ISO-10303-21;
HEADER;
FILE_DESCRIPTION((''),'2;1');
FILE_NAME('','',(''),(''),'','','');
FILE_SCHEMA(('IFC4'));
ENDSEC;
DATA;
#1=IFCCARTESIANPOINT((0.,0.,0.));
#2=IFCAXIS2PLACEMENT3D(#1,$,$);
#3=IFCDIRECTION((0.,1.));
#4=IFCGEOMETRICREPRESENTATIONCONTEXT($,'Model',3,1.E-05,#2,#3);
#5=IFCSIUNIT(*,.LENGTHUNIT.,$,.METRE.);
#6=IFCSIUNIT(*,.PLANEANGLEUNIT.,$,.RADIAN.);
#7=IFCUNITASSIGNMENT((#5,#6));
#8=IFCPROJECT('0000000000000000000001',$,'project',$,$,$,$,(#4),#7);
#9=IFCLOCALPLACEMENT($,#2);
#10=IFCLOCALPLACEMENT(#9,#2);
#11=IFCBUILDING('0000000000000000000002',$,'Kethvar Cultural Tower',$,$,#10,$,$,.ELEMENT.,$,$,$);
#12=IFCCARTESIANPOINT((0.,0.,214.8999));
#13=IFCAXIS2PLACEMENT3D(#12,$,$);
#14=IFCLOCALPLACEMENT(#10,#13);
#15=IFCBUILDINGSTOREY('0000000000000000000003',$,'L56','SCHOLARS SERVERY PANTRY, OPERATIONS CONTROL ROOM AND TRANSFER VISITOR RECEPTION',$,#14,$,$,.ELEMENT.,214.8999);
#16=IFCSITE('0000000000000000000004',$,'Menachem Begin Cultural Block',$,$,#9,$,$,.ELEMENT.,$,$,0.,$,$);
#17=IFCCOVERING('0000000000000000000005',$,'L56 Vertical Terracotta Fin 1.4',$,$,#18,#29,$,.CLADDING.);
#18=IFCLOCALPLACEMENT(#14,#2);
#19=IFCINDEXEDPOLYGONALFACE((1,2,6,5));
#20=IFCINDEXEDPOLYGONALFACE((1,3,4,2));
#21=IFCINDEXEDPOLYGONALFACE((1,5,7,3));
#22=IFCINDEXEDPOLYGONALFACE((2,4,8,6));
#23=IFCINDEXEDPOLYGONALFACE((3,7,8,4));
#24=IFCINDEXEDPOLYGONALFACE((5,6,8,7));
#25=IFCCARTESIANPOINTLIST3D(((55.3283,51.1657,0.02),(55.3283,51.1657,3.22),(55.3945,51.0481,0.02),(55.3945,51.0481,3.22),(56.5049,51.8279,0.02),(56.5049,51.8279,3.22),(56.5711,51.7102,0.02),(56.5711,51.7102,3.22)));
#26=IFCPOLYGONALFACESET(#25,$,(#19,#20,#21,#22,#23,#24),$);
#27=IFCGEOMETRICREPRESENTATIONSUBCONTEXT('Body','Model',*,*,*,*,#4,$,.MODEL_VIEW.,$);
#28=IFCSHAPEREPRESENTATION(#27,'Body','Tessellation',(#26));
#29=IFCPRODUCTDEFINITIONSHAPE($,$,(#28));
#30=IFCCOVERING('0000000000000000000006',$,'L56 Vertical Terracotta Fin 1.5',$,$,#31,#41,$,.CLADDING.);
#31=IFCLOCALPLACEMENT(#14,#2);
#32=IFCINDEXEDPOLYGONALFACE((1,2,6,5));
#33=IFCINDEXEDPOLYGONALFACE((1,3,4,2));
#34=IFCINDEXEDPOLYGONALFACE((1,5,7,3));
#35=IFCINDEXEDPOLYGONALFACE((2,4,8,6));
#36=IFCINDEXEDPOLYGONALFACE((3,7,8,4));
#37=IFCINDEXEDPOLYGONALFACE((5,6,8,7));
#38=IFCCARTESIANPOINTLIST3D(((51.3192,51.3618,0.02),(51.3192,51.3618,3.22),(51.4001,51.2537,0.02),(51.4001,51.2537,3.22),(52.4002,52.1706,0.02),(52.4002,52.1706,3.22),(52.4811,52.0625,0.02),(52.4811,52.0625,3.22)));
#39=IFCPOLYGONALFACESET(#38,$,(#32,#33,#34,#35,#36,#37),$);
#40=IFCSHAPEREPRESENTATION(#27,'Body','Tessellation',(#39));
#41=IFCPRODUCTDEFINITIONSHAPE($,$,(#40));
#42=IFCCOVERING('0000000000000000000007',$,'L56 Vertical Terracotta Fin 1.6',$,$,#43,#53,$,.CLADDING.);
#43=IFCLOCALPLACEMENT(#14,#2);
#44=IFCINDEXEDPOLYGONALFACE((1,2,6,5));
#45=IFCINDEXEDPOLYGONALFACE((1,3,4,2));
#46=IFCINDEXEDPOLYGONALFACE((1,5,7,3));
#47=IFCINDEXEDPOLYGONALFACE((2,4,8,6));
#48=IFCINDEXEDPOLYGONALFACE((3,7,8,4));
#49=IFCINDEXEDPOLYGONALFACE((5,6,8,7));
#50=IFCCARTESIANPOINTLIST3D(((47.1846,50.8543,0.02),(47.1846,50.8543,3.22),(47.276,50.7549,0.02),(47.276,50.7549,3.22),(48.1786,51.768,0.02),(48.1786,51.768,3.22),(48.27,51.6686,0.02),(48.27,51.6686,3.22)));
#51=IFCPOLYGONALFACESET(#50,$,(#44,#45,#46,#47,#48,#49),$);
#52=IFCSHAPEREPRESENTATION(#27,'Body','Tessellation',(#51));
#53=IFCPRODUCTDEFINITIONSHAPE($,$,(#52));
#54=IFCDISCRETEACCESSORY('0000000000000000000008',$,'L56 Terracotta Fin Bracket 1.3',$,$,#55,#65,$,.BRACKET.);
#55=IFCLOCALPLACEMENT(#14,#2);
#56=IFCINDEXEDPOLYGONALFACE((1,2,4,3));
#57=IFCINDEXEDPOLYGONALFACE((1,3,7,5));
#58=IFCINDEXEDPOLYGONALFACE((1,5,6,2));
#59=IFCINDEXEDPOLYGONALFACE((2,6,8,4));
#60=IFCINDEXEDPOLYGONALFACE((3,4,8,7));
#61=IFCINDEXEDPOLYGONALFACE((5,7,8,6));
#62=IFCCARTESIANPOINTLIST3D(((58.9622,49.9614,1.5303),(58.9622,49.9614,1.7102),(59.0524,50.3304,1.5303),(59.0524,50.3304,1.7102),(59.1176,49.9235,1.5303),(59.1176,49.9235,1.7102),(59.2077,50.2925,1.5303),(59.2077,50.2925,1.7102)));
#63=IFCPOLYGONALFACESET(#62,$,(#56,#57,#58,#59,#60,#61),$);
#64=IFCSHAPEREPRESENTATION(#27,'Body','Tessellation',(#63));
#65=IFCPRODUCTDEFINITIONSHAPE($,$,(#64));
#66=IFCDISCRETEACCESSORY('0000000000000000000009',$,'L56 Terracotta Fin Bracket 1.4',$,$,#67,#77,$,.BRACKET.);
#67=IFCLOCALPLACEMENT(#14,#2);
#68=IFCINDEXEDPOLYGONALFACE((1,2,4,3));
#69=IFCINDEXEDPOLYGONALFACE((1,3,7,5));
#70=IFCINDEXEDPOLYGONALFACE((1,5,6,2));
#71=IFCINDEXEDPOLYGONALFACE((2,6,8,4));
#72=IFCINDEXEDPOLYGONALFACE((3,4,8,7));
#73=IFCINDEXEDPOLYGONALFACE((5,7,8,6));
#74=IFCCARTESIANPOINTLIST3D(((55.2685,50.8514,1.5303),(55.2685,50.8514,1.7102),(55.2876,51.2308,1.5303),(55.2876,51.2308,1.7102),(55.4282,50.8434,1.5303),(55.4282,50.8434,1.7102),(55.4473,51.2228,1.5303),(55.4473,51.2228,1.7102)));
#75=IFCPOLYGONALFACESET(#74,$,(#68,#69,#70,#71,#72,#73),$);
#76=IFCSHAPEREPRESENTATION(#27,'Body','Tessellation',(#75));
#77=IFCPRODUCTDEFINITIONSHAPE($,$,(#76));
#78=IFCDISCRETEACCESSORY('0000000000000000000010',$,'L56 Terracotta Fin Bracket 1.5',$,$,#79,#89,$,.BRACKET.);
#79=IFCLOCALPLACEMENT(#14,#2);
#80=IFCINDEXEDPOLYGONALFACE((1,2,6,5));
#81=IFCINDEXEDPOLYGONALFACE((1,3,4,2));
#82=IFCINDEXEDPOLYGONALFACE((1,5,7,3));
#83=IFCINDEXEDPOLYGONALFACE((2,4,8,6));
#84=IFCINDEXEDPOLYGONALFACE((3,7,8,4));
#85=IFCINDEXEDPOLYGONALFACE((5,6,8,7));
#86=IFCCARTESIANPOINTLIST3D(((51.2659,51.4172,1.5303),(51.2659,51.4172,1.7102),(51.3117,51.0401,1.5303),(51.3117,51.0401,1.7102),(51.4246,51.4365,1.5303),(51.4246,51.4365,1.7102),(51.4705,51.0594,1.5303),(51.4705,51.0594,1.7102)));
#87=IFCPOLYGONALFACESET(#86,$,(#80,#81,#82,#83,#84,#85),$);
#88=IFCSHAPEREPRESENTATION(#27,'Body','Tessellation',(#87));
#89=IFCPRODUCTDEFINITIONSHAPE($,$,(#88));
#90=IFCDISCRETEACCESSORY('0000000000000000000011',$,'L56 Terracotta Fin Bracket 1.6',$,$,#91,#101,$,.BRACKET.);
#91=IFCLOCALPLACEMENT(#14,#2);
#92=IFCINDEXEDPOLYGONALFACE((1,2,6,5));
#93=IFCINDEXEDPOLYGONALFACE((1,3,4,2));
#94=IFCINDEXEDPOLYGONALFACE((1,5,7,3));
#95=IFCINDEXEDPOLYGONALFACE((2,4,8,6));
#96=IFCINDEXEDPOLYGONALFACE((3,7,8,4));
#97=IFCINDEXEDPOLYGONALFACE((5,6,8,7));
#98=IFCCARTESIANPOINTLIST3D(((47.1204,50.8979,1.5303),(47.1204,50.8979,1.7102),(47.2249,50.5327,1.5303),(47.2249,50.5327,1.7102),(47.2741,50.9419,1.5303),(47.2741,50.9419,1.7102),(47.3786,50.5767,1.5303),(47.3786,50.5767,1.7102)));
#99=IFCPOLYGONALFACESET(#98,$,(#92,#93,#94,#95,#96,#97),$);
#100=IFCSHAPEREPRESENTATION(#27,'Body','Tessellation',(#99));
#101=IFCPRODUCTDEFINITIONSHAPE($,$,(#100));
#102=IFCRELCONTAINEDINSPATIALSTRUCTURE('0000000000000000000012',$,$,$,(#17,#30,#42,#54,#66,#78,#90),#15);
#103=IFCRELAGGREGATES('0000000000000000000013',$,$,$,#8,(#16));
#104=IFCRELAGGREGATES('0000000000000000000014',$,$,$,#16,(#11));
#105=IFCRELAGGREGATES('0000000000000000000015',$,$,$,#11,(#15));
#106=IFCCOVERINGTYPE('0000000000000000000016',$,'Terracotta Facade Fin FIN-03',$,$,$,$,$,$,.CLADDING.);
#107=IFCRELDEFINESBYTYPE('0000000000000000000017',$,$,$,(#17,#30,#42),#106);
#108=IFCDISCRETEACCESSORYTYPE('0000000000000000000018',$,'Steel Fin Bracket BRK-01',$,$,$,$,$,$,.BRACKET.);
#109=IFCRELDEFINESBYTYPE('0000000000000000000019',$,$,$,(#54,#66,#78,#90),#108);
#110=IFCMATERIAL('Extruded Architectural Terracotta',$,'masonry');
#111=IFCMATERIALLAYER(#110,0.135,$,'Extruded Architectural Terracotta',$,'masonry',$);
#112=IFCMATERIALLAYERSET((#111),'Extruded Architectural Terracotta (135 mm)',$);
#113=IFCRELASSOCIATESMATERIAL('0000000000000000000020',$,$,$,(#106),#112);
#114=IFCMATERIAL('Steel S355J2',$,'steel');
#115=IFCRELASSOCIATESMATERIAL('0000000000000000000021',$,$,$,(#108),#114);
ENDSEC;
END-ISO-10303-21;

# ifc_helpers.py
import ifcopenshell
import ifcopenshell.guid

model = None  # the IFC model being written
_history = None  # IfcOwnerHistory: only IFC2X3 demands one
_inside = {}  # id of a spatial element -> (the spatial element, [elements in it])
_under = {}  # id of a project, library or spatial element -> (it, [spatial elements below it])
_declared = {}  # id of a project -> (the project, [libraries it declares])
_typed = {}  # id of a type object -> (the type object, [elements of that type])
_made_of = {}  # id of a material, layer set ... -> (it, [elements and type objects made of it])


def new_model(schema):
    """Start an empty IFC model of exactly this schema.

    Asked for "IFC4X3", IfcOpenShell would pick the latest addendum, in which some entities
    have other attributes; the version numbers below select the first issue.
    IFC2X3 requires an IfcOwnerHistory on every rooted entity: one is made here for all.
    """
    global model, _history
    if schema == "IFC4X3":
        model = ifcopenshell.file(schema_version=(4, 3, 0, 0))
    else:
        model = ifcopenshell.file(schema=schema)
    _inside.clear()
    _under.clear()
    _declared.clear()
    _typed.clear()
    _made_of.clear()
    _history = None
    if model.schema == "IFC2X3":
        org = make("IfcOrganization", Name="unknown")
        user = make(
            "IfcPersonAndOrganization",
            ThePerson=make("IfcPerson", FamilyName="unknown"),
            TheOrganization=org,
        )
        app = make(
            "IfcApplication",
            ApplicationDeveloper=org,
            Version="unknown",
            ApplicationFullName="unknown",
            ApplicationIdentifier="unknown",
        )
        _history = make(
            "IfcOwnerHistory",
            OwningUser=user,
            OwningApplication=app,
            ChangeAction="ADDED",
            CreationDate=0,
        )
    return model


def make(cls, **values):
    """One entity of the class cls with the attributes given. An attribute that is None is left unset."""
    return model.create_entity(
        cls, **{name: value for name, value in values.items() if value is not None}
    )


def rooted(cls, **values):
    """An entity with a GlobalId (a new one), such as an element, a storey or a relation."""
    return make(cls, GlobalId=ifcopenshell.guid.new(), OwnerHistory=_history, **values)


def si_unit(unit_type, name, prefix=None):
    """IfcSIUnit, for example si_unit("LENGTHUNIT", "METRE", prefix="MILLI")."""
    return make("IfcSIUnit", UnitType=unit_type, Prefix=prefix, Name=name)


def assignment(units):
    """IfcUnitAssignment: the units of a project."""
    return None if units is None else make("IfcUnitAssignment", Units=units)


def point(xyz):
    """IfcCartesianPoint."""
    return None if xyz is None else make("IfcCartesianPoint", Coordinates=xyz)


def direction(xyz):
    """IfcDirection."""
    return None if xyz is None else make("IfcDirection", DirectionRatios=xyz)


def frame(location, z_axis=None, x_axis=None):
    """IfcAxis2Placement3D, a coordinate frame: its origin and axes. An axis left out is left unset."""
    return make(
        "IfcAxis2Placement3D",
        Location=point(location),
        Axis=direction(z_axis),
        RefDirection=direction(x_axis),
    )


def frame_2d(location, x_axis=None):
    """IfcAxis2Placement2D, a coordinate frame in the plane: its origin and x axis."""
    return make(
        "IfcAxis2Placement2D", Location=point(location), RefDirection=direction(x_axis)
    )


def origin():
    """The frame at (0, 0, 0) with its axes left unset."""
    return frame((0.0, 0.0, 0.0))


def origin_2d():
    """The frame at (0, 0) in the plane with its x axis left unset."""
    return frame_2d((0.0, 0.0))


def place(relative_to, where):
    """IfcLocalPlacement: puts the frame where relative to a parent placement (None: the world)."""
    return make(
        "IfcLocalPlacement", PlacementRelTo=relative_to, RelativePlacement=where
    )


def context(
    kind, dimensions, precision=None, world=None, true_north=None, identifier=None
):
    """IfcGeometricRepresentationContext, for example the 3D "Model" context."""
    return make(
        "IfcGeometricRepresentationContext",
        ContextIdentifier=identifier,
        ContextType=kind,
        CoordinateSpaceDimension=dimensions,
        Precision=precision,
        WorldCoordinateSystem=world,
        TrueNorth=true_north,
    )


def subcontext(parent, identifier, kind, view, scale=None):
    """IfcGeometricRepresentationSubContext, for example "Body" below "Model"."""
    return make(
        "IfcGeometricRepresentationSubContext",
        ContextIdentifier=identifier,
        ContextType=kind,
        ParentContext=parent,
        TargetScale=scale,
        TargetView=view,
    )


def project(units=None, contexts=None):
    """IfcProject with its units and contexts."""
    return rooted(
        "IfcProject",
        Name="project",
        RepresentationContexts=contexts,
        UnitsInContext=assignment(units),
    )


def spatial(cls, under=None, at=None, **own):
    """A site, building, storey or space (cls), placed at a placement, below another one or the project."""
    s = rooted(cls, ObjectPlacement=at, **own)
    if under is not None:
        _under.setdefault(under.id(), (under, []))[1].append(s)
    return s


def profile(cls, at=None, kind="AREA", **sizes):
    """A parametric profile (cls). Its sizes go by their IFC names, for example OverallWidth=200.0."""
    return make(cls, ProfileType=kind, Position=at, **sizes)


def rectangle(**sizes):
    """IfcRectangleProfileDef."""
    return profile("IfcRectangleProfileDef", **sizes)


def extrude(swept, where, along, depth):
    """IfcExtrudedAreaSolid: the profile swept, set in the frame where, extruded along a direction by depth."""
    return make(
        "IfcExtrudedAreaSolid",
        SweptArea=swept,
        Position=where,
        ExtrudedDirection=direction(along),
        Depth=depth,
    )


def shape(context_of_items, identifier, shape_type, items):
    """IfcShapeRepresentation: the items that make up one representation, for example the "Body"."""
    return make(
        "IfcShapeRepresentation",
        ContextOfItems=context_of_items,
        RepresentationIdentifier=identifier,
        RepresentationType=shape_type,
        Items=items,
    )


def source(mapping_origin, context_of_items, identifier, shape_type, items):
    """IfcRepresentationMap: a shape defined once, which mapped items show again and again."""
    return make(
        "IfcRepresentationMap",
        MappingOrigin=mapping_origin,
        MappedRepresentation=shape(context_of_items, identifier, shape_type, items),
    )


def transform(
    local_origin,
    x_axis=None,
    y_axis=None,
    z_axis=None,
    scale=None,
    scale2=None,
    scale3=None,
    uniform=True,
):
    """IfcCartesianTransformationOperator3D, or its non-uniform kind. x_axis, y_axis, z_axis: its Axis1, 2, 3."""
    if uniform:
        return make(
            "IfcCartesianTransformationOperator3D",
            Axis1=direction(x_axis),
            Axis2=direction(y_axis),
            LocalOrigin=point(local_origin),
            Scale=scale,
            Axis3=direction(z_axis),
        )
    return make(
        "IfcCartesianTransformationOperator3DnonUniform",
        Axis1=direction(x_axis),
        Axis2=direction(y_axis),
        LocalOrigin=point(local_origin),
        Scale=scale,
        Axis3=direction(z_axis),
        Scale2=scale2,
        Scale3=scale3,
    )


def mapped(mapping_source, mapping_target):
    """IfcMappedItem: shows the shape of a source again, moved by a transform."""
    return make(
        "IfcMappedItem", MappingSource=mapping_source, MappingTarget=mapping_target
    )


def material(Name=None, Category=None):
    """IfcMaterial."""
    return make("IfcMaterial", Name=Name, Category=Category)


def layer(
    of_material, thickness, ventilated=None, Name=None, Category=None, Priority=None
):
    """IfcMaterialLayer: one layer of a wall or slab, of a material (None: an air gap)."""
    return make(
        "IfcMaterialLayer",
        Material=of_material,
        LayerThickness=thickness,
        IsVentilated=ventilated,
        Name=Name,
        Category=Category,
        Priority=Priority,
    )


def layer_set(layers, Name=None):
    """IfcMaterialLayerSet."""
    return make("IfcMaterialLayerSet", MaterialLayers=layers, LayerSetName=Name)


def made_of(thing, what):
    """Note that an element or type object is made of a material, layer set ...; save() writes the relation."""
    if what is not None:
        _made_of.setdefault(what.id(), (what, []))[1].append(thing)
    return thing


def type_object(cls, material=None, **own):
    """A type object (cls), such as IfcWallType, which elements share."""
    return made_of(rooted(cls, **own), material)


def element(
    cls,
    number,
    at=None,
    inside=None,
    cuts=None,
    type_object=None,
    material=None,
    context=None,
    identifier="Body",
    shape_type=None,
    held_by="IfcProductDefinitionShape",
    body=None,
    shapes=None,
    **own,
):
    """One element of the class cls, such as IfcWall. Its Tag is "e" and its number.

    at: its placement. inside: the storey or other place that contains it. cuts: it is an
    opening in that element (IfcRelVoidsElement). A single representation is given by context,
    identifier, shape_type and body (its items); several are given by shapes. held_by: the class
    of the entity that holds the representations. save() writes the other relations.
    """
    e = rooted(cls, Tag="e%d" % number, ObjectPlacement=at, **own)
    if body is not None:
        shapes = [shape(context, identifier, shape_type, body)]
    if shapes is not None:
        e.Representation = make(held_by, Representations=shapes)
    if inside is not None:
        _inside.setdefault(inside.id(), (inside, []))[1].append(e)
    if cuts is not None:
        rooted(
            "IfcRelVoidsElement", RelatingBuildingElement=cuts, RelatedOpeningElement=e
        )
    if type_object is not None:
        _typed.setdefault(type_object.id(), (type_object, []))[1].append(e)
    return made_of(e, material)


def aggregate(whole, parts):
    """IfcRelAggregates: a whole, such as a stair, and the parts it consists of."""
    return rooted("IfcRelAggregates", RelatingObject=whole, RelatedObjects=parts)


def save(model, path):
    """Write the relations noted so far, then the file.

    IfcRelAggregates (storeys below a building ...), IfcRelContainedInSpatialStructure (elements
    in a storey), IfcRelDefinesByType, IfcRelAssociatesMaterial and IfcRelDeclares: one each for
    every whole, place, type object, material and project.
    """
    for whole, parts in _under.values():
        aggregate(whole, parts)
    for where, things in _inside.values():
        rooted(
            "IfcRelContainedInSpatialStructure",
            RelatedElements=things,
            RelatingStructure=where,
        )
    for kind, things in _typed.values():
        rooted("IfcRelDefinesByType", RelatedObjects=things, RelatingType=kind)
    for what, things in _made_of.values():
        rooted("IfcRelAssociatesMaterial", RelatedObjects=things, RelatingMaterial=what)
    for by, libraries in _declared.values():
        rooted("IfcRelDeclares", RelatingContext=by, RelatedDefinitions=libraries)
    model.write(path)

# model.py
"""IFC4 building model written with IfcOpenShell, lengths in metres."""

from ifc_helpers import new_model, si_unit, direction, frame, origin, origin_2d, place, context, subcontext, project, spatial, rectangle, extrude, source, transform, mapped, material, layer, layer_set, type_object, element, save


model = new_model("IFC4")

# Units and contexts
model_context = context("Model", 3, precision=1e-05, world=origin(), true_north=direction((0.0, 1.0)))
body_context = subcontext(model_context, "Body", "Model", "MODEL_VIEW")
ifc_project = project(units=[si_unit("LENGTHUNIT", "METRE"), si_unit("PLANEANGLEUNIT", "RADIAN")], contexts=[model_context])

# Site, building, storey
site_placement = place(None, origin())
site = spatial("IfcSite", under=ifc_project, at=site_placement, Name="Menachem Begin Cultural Block", CompositionType="ELEMENT", RefElevation=0.0)
building_placement = place(site_placement, origin())
building = spatial("IfcBuilding", under=site, at=building_placement, Name="Kethvar Cultural Tower", CompositionType="ELEMENT")
storey_placement = place(building_placement, frame((0.0, 0.0, 214.8999)))
storey = spatial("IfcBuildingStorey", under=building, at=storey_placement, Name="L56", Description="SCHOLARS SERVERY PANTRY, OPERATIONS CONTROL ROOM AND TRANSFER VISITOR RECEPTION", CompositionType="ELEMENT", Elevation=214.8999)

# Shared definitions
ifc_material_1 = material(Name="Steel S355J2", Category="steel")

# Coverings
ifc_material_2 = material(Name="Extruded Architectural Terracotta", Category="masonry")
ifc_layer_1 = layer(ifc_material_2, 0.135, Name="Extruded Architectural Terracotta", Category="masonry")
ifc_layer_set_1 = layer_set([ifc_layer_1], Name="Extruded Architectural Terracotta (135 mm)")
covering_type = type_object("IfcCoveringType", Name="Terracotta Facade Fin FIN-03", PredefinedType="CLADDING", material=ifc_layer_set_1)
shared_shape_1 = source(origin(), body_context, "Body", "SweptSolid", [
    extrude(rectangle(XDim=1.3501, YDim=0.135, at=origin_2d()), origin(), (0.0, 0.0, 1.0), 3.2),
])
for number, where, z_axis, x_axis, name in (
    (1, (55.9497, 51.438, 0.02), (0.0, 0.0, 1.0), (0.871471, 0.490448, 0.0), "L56 Vertical Terracotta Fin 1.4"),
    (2, (51.9001, 51.7122, 0.02), (0.0, 0.0, 1.0), (0.800731, 0.599024, 0.0), "L56 Vertical Terracotta Fin 1.5"),
    (3, (47.7273, 51.2615, 0.02), (0.0, 0.0, 1.0), (0.736215, 0.676747, 0.0), "L56 Vertical Terracotta Fin 1.6"),
):
    element("IfcCovering", number, at=place(storey_placement, frame(where, z_axis=z_axis, x_axis=x_axis)), inside=storey, type_object=covering_type, Name=name, PredefinedType="CLADDING", context=body_context, shape_type="MappedRepresentation", body=[
        mapped(shared_shape_1, transform((0.0, 0.0, 0.0), scale=1.0)),
    ])

# Discrete accessories
discrete_accessory_type = type_object("IfcDiscreteAccessoryType", Name="Steel Fin Bracket BRK-01", PredefinedType="BRACKET", material=ifc_material_1)
shared_shape_2 = source(origin(), body_context, "Body", "SweptSolid", [
    extrude(rectangle(XDim=0.3799, YDim=0.1599, at=origin_2d()), origin(), (0.0, 0.0, 1.0), 0.1799),
])
for number, where, z_axis, x_axis, name in (
    (4, (59.085, 50.127, 1.5303), (0.0, 0.0, 1.0), (0.237347, 0.971425, 0.0), "L56 Terracotta Fin Bracket 1.3"),
    (5, (55.3579, 51.0371, 1.5303), (0.0, 0.0, 1.0), (0.050419, 0.998728, 0.0), "L56 Terracotta Fin Bracket 1.4"),
    (6, (51.3682, 51.2383, 1.5303), (0.0, 0.0, 1.0), (-0.120657, 0.992694, 0.0), "L56 Terracotta Fin Bracket 1.5"),
    (7, (47.2495, 50.7373, 1.5303), (0.0, 0.0, 1.0), (-0.275134, 0.961406, 0.0), "L56 Terracotta Fin Bracket 1.6"),
):
    element("IfcDiscreteAccessory", number, at=place(storey_placement, frame(where, z_axis=z_axis, x_axis=x_axis)), inside=storey, type_object=discrete_accessory_type, Name=name, PredefinedType="BRACKET", context=body_context, shape_type="MappedRepresentation", body=[
        mapped(shared_shape_2, transform((0.0, 0.0, 0.0), scale=1.0)),
    ])

save(model, "model.ifc")
